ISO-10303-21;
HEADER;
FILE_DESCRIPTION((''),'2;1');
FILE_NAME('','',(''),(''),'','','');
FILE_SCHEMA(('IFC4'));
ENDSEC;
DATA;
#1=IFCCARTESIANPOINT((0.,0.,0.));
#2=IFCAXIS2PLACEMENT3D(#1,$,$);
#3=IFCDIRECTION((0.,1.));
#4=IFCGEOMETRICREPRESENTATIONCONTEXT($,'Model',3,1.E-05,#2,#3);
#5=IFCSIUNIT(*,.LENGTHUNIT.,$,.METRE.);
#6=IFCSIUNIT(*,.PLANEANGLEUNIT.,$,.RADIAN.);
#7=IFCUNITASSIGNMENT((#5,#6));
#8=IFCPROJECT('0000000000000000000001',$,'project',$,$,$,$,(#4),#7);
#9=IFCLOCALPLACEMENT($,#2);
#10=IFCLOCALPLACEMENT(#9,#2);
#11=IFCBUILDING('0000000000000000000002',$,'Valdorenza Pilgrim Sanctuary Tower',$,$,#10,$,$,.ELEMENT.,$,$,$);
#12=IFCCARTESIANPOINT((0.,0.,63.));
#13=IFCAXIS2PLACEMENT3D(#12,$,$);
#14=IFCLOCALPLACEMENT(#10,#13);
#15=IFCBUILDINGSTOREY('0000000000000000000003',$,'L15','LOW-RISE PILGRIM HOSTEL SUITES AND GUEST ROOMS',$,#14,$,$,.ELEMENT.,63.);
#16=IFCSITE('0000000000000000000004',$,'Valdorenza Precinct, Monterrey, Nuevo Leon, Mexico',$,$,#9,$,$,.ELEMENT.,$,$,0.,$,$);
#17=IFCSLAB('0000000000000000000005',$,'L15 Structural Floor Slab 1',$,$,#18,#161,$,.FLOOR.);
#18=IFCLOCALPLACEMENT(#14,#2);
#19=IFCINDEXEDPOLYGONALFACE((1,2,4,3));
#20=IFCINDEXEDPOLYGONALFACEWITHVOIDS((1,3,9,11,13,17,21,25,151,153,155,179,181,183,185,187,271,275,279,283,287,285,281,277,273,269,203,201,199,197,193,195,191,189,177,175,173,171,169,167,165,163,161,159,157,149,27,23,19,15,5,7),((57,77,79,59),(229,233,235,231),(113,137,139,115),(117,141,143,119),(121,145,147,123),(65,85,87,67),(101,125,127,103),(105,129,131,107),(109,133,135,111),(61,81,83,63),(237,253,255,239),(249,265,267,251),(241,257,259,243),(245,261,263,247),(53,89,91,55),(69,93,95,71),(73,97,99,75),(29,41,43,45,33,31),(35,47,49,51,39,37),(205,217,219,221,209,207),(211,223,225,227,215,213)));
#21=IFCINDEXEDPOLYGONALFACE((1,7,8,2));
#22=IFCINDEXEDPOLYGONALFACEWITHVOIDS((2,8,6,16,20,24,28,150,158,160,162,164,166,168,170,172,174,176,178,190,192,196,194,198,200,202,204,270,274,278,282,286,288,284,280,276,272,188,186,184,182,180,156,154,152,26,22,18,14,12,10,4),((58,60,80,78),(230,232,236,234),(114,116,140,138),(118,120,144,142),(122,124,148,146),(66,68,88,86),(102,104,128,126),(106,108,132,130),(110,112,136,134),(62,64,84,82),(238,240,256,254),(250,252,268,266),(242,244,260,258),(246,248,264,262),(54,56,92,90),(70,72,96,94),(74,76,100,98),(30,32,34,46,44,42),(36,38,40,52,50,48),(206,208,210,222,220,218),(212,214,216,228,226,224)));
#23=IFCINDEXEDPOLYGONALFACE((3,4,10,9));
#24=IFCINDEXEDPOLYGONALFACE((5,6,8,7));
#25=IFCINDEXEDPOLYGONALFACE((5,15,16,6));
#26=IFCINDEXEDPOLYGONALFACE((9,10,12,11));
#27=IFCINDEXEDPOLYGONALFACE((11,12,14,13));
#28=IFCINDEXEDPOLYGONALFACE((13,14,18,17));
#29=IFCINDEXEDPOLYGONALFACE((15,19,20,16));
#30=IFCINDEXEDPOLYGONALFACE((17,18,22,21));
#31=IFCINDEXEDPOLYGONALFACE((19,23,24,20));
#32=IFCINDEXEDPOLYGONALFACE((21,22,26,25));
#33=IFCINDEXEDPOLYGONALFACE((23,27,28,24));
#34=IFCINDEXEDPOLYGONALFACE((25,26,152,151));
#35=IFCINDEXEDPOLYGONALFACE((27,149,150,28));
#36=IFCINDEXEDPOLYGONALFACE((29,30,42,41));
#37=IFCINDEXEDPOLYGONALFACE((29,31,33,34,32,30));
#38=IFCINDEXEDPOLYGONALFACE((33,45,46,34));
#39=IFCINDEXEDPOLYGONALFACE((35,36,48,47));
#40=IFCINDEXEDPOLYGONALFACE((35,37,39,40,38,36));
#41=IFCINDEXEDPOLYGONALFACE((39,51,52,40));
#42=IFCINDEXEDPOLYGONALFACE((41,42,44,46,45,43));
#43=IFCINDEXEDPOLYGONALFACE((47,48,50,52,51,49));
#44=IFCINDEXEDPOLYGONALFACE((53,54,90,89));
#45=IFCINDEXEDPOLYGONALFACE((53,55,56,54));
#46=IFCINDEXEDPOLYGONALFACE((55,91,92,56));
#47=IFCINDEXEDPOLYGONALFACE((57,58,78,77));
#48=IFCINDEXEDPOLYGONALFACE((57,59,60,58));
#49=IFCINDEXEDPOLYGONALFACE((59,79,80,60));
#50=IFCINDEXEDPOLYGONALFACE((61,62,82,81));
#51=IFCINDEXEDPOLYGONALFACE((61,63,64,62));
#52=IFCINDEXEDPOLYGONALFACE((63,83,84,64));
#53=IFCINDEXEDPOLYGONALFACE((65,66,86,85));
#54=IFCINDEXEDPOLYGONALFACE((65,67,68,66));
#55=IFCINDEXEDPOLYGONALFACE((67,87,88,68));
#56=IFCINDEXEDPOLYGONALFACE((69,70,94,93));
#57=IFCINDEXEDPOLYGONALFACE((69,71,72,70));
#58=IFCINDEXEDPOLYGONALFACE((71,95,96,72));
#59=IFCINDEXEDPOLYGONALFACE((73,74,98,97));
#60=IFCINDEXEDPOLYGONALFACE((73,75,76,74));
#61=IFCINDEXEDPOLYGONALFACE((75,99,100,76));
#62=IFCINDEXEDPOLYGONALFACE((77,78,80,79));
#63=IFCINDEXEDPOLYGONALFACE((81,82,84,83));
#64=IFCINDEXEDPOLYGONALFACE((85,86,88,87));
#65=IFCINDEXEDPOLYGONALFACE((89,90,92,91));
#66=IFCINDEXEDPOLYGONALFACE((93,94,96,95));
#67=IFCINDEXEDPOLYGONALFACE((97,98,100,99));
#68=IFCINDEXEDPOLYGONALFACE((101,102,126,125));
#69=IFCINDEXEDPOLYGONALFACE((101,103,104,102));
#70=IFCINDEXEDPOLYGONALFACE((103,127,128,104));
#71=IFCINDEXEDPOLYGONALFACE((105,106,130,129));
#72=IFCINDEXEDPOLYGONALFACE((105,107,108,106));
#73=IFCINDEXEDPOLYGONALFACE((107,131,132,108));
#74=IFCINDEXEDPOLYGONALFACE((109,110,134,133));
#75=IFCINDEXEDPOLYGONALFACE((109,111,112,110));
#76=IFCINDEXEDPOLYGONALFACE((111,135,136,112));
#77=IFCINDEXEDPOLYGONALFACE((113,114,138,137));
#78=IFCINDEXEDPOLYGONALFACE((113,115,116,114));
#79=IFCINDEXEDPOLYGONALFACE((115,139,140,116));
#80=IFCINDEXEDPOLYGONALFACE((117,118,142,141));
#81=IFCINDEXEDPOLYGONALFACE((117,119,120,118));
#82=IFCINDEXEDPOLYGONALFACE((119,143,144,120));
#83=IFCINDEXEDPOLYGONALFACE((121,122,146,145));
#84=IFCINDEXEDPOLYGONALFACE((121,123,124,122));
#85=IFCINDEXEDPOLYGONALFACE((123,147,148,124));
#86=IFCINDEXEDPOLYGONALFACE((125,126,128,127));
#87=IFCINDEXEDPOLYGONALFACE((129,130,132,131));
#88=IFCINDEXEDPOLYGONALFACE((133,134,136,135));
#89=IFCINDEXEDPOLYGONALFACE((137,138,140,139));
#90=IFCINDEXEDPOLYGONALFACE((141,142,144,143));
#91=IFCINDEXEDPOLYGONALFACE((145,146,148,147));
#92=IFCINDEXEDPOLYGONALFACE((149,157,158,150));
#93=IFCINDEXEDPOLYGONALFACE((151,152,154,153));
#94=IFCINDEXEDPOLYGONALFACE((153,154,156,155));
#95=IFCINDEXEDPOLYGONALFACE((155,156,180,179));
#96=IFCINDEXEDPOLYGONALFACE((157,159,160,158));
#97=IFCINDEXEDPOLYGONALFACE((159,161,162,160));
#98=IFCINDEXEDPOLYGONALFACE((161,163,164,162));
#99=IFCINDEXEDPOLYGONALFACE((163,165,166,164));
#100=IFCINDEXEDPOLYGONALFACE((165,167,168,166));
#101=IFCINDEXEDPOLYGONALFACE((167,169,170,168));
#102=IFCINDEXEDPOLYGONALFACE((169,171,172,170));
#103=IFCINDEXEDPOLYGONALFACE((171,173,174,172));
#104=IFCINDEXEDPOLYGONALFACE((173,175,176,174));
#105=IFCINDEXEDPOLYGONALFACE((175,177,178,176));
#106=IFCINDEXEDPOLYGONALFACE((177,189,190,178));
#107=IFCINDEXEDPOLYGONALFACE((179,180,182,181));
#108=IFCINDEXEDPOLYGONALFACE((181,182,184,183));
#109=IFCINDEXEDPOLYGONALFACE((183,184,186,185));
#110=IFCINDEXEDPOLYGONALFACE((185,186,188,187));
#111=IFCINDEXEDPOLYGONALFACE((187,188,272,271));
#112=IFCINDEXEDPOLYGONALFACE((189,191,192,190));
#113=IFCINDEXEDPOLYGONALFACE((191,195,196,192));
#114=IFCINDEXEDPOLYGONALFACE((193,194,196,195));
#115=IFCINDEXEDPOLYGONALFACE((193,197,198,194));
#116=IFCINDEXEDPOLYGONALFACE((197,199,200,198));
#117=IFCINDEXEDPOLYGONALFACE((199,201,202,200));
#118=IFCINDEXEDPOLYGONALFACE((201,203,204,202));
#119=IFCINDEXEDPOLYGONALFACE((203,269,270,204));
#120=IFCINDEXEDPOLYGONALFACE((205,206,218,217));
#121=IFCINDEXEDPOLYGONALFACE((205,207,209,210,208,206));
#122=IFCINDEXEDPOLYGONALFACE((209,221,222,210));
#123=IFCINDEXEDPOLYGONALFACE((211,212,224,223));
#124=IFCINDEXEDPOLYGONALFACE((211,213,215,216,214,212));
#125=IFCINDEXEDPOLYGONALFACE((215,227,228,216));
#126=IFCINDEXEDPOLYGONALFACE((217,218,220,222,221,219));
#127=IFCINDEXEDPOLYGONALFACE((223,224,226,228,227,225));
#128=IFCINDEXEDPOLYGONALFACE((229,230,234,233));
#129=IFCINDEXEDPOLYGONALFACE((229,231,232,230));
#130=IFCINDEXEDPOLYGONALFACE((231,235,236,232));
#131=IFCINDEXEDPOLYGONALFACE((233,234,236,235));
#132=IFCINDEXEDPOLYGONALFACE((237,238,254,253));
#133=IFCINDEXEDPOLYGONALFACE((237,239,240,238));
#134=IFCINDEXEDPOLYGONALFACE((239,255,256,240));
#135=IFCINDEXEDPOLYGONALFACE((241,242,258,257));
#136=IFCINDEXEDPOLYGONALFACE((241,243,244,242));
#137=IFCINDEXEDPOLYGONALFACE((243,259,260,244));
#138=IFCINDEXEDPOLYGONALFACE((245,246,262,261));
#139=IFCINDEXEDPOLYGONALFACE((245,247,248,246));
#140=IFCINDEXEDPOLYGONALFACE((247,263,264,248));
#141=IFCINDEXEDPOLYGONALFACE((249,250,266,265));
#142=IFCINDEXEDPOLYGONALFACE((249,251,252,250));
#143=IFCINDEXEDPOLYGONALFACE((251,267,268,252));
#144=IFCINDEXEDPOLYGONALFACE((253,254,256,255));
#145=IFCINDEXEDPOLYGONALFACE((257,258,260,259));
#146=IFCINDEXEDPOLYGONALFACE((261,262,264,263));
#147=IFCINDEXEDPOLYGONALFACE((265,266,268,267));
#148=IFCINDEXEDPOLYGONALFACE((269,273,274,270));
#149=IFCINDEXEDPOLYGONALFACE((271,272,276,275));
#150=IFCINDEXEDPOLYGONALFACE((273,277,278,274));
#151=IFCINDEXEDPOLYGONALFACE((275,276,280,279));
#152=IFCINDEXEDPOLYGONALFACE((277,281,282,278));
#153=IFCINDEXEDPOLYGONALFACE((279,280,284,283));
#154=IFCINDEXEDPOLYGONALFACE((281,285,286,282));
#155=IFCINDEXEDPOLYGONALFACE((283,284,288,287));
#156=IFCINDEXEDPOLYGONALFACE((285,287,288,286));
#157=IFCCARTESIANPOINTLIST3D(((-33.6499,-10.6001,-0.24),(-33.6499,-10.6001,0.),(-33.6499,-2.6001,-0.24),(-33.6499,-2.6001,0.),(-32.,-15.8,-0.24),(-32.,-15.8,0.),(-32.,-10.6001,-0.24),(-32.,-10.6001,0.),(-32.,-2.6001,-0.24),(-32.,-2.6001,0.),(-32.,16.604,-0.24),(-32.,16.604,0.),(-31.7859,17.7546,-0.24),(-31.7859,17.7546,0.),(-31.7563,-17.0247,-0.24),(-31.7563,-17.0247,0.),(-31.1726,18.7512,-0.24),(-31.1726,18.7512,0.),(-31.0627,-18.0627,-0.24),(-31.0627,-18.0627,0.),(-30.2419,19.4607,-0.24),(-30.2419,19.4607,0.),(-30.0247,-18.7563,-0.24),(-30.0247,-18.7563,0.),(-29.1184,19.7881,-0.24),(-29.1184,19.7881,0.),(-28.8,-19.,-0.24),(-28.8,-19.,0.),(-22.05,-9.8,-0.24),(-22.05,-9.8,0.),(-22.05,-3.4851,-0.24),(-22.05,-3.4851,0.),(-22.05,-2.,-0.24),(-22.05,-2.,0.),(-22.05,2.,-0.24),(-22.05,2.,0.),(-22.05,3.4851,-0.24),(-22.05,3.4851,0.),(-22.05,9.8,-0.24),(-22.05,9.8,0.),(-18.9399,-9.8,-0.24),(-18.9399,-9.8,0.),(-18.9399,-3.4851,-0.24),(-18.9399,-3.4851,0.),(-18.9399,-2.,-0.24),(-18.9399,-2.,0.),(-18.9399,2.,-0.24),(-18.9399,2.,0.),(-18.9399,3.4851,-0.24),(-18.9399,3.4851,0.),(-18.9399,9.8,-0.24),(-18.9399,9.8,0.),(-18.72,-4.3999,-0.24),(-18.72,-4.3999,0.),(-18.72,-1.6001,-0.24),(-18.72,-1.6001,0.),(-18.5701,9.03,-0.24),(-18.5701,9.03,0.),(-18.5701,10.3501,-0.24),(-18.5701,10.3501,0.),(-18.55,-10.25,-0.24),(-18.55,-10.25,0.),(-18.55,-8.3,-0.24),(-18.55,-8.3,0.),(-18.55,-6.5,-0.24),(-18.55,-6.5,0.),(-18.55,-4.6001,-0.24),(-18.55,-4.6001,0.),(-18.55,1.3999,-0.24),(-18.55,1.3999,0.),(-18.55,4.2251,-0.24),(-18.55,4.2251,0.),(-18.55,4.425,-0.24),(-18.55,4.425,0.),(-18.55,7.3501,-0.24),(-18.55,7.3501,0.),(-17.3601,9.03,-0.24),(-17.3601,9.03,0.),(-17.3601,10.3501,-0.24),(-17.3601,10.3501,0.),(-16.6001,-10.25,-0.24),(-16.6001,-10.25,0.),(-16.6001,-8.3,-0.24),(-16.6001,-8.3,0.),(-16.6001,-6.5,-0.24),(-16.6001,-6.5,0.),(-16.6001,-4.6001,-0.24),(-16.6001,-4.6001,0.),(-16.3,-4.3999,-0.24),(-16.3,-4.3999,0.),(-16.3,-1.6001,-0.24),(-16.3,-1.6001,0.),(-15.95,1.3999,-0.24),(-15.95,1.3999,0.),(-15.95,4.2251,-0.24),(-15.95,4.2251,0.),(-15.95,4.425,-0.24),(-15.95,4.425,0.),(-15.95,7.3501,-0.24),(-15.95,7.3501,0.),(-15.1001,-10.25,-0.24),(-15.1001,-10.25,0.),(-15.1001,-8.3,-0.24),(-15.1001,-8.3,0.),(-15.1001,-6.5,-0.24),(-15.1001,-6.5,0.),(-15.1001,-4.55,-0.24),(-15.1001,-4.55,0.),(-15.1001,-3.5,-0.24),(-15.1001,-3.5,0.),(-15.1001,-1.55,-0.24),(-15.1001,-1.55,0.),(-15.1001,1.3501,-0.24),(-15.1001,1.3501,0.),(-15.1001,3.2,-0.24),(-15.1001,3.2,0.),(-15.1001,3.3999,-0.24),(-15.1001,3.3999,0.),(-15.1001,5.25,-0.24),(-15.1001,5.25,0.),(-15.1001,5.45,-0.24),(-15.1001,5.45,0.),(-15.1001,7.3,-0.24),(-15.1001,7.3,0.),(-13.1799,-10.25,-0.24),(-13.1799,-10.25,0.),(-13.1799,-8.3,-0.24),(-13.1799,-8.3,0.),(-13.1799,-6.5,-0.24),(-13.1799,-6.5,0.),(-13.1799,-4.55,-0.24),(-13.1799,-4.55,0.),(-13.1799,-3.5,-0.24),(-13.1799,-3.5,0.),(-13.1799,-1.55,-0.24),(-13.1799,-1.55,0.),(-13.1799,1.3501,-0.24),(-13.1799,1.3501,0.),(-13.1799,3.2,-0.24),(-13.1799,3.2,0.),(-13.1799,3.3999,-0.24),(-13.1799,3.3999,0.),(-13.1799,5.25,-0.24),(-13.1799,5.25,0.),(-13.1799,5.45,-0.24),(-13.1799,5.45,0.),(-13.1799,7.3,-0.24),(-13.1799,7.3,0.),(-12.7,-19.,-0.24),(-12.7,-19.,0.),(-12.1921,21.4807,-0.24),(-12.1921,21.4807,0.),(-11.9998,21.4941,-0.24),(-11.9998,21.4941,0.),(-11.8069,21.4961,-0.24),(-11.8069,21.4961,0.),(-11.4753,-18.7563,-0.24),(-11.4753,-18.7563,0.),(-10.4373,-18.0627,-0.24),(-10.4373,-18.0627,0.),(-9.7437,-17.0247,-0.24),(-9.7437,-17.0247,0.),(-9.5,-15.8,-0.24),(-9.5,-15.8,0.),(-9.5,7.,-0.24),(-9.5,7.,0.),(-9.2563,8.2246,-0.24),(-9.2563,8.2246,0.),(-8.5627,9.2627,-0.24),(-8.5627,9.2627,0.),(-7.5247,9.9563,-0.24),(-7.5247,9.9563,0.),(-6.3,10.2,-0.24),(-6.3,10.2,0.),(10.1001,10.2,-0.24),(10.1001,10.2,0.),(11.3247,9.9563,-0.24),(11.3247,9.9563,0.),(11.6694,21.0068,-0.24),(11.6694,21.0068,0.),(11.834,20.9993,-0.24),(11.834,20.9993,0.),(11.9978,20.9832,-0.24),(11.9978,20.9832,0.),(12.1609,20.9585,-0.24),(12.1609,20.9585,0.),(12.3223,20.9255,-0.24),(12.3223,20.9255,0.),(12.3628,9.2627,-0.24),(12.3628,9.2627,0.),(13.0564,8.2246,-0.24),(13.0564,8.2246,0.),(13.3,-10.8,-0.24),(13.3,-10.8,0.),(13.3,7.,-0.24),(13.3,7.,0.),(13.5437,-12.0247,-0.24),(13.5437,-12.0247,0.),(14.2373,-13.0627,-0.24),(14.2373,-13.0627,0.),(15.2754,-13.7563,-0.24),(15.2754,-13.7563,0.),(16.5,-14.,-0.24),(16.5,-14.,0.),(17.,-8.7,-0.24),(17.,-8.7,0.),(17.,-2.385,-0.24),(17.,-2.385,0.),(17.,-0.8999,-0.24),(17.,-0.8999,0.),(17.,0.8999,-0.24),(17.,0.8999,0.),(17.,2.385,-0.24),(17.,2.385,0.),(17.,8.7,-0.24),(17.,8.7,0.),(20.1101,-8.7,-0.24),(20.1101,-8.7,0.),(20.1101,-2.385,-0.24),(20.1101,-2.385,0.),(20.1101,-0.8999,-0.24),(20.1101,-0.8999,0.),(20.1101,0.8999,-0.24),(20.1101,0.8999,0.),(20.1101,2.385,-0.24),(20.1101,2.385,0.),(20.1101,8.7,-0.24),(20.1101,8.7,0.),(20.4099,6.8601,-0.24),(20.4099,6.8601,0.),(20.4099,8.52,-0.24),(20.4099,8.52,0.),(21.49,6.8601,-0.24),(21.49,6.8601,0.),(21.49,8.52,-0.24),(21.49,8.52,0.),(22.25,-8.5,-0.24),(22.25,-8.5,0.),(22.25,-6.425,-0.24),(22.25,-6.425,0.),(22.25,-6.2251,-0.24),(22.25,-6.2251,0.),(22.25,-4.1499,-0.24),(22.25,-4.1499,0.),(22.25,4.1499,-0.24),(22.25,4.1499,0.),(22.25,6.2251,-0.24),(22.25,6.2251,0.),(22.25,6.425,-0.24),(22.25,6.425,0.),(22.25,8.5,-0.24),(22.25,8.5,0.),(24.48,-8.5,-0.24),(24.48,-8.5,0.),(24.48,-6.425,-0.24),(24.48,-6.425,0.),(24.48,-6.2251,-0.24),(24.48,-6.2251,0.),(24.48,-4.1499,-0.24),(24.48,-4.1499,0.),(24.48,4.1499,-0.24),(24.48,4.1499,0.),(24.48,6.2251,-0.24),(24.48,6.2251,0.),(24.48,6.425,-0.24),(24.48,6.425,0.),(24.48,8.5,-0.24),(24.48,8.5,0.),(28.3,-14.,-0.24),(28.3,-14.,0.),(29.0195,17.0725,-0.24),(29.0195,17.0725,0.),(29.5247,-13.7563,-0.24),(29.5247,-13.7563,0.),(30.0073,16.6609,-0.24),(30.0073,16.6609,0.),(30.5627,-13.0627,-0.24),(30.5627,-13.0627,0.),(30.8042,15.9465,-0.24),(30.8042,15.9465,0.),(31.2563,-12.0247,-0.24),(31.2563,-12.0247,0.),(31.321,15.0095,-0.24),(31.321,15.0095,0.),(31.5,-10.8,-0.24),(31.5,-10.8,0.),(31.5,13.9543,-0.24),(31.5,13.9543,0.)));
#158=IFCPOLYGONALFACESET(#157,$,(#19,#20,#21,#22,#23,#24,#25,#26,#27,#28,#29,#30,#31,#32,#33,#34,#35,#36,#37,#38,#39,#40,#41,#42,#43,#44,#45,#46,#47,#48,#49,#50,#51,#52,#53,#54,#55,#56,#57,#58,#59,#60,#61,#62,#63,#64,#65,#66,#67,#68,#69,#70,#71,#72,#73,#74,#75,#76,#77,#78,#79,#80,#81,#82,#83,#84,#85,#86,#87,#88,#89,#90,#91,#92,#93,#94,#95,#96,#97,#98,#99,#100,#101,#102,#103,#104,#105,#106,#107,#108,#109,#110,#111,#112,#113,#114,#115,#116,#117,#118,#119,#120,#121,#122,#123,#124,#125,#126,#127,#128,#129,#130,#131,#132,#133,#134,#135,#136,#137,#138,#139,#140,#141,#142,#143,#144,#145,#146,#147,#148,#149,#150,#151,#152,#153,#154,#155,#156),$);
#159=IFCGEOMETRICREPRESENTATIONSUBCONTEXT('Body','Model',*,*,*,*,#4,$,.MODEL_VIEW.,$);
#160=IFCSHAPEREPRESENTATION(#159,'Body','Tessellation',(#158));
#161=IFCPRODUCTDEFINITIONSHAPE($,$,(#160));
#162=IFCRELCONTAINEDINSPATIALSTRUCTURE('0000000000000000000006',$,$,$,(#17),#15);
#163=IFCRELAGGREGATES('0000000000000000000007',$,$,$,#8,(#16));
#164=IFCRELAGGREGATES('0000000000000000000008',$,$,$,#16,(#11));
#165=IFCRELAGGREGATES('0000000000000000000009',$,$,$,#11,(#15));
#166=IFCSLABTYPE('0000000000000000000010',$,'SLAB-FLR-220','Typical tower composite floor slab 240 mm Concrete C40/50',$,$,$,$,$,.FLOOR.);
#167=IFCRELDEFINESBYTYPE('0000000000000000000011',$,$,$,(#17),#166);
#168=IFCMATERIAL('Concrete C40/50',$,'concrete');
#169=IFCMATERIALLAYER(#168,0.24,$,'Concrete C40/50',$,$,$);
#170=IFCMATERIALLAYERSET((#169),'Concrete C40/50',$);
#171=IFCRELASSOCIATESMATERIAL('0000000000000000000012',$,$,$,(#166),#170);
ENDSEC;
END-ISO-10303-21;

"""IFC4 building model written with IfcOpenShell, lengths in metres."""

from ifc_helpers import new_model, si_unit, direction, frame, origin, place, context, subcontext, project, spatial, polyline, outline, extrude, material, layer, layer_set, type_object, element, save


model = new_model("IFC4")

# Units and contexts
model_context = context("Model", 3, precision=1e-05, world=origin(), true_north=direction((0.0, 1.0)))
body_context = subcontext(model_context, "Body", "Model", "MODEL_VIEW")
ifc_project = project(units=[si_unit("LENGTHUNIT", "METRE"), si_unit("PLANEANGLEUNIT", "RADIAN")], contexts=[model_context])

# Site, building, storey
site_placement = place(None, origin())
site = spatial("IfcSite", under=ifc_project, at=site_placement, Name="Valdorenza Precinct, Monterrey, Nuevo Leon, Mexico", CompositionType="ELEMENT", RefElevation=0.0)
building_placement = place(site_placement, origin())
building = spatial("IfcBuilding", under=site, at=building_placement, Name="Valdorenza Pilgrim Sanctuary Tower", CompositionType="ELEMENT")
storey_placement = place(building_placement, frame((0.0, 0.0, 63.0)))
storey = spatial("IfcBuildingStorey", under=building, at=storey_placement, Name="L15", Description="LOW-RISE PILGRIM HOSTEL SUITES AND GUEST ROOMS", CompositionType="ELEMENT", Elevation=63.0)

# Slab
ifc_material_1 = material(Name="Concrete C40/50", Category="concrete")
ifc_layer_1 = layer(ifc_material_1, 0.24, Name="Concrete C40/50")
ifc_layer_set_1 = layer_set([ifc_layer_1], Name="Concrete C40/50")
slab_type_1 = type_object("IfcSlabType", Name="SLAB-FLR-220", Description="Typical tower composite floor slab 240 mm Concrete C40/50", PredefinedType="FLOOR", material=ifc_layer_set_1)
slab_1_placement = place(storey_placement, frame((0.0, 0.0, -0.24)))
element("IfcSlab", 1, at=slab_1_placement, inside=storey, type_object=slab_type_1, Name="L15 Structural Floor Slab 1", PredefinedType="FLOOR", context=body_context, shape_type="SweptSolid", body=[
    extrude(outline(polyline([(-33.6499, -2.6001), (-32.0, -2.6001), (-32.0, 16.604), (-31.7859, 17.7546), (-31.1726, 18.7512), (-30.2419, 19.4607), (-29.1184, 19.7881), (-12.1921, 21.4807), (-11.9998, 21.4941), (-11.8069, 21.4961), (11.6694, 21.0068), (11.834, 20.9993), (11.9978, 20.9832), (12.1609, 20.9585), (12.3223, 20.9255), (29.0195, 17.0725), (30.0073, 16.6609), (30.8042, 15.9465), (31.321, 15.0095), (31.5, 13.9543), (31.5, -10.8), (31.2563, -12.0247), (30.5627, -13.0627), (29.5247, -13.7563), (28.3, -14.0), (16.5, -14.0), (15.2754, -13.7563), (14.2373, -13.0627), (13.5437, -12.0247), (13.3, -10.8), (13.3, 7.0), (13.0564, 8.2246), (12.3628, 9.2627), (11.3247, 9.9563), (10.1001, 10.2), (-6.3, 10.2), (-7.5247, 9.9563), (-8.5627, 9.2627), (-9.2563, 8.2246), (-9.5, 7.0), (-9.5, -15.8), (-9.7437, -17.0247), (-10.4373, -18.0627), (-11.4753, -18.7563), (-12.7, -19.0), (-28.8, -19.0), (-30.0247, -18.7563), (-31.0627, -18.0627), (-31.7563, -17.0247), (-32.0, -15.8), (-32.0, -10.6001), (-33.6499, -10.6001), (-33.6499, -2.6001)]), holes=[polyline([(-16.6001, -10.25), (-16.6001, -8.3), (-18.55, -8.3), (-18.55, -10.25), (-16.6001, -10.25)]), polyline([(-22.05, -9.8), (-18.9399, -9.8), (-18.9399, -3.4851), (-18.9399, -2.0), (-22.05, -2.0), (-22.05, -3.4851), (-22.05, -9.8)]), polyline([(-18.55, -6.5), (-16.6001, -6.5), (-16.6001, -4.6001), (-18.55, -4.6001), (-18.55, -6.5)]), polyline([(-13.1799, -6.5), (-13.1799, -4.55), (-15.1001, -4.55), (-15.1001, -6.5), (-13.1799, -6.5)]), polyline([(-18.72, -4.3999), (-16.3, -4.3999), (-16.3, -1.6001), (-18.72, -1.6001), (-18.72, -4.3999)]), polyline([(-13.1799, -3.5), (-13.1799, -1.55), (-15.1001, -1.55), (-15.1001, -3.5), (-13.1799, -3.5)]), polyline([(-22.05, 2.0), (-18.9399, 2.0), (-18.9399, 3.4851), (-18.9399, 9.8), (-22.05, 9.8), (-22.05, 3.4851), (-22.05, 2.0)]), polyline([(-18.55, 1.3999), (-15.95, 1.3999), (-15.95, 4.2251), (-18.55, 4.2251), (-18.55, 1.3999)]), polyline([(-15.95, 4.425), (-15.95, 7.3501), (-18.55, 7.3501), (-18.55, 4.425), (-15.95, 4.425)]), polyline([(-15.1001, 5.45), (-13.1799, 5.45), (-13.1799, 7.3), (-15.1001, 7.3), (-15.1001, 5.45)]), polyline([(-17.3601, 9.03), (-17.3601, 10.3501), (-18.5701, 10.3501), (-18.5701, 9.03), (-17.3601, 9.03)]), polyline([(-15.1001, -10.25), (-13.1799, -10.25), (-13.1799, -8.3), (-15.1001, -8.3), (-15.1001, -10.25)]), polyline([(22.25, -8.5), (24.48, -8.5), (24.48, -6.425), (22.25, -6.425), (22.25, -8.5)]), polyline([(17.0, -2.385), (17.0, -8.7), (20.1101, -8.7), (20.1101, -2.385), (20.1101, -0.8999), (17.0, -0.8999), (17.0, -2.385)]), polyline([(22.25, -6.2251), (24.48, -6.2251), (24.48, -4.1499), (22.25, -4.1499), (22.25, -6.2251)]), polyline([(17.0, 0.8999), (20.1101, 0.8999), (20.1101, 2.385), (20.1101, 8.7), (17.0, 8.7), (17.0, 2.385), (17.0, 0.8999)]), polyline([(-15.1001, 1.3501), (-13.1799, 1.3501), (-13.1799, 3.2), (-15.1001, 3.2), (-15.1001, 1.3501)]), polyline([(-15.1001, 3.3999), (-13.1799, 3.3999), (-13.1799, 5.25), (-15.1001, 5.25), (-15.1001, 3.3999)]), polyline([(22.25, 4.1499), (24.48, 4.1499), (24.48, 6.2251), (22.25, 6.2251), (22.25, 4.1499)]), polyline([(22.25, 6.425), (24.48, 6.425), (24.48, 8.5), (22.25, 8.5), (22.25, 6.425)]), polyline([(20.4099, 6.8601), (21.49, 6.8601), (21.49, 8.52), (20.4099, 8.52), (20.4099, 6.8601)])]), origin(), (0.0, 0.0, 1.0), 0.24),
])

save(model, "model.ifc")
